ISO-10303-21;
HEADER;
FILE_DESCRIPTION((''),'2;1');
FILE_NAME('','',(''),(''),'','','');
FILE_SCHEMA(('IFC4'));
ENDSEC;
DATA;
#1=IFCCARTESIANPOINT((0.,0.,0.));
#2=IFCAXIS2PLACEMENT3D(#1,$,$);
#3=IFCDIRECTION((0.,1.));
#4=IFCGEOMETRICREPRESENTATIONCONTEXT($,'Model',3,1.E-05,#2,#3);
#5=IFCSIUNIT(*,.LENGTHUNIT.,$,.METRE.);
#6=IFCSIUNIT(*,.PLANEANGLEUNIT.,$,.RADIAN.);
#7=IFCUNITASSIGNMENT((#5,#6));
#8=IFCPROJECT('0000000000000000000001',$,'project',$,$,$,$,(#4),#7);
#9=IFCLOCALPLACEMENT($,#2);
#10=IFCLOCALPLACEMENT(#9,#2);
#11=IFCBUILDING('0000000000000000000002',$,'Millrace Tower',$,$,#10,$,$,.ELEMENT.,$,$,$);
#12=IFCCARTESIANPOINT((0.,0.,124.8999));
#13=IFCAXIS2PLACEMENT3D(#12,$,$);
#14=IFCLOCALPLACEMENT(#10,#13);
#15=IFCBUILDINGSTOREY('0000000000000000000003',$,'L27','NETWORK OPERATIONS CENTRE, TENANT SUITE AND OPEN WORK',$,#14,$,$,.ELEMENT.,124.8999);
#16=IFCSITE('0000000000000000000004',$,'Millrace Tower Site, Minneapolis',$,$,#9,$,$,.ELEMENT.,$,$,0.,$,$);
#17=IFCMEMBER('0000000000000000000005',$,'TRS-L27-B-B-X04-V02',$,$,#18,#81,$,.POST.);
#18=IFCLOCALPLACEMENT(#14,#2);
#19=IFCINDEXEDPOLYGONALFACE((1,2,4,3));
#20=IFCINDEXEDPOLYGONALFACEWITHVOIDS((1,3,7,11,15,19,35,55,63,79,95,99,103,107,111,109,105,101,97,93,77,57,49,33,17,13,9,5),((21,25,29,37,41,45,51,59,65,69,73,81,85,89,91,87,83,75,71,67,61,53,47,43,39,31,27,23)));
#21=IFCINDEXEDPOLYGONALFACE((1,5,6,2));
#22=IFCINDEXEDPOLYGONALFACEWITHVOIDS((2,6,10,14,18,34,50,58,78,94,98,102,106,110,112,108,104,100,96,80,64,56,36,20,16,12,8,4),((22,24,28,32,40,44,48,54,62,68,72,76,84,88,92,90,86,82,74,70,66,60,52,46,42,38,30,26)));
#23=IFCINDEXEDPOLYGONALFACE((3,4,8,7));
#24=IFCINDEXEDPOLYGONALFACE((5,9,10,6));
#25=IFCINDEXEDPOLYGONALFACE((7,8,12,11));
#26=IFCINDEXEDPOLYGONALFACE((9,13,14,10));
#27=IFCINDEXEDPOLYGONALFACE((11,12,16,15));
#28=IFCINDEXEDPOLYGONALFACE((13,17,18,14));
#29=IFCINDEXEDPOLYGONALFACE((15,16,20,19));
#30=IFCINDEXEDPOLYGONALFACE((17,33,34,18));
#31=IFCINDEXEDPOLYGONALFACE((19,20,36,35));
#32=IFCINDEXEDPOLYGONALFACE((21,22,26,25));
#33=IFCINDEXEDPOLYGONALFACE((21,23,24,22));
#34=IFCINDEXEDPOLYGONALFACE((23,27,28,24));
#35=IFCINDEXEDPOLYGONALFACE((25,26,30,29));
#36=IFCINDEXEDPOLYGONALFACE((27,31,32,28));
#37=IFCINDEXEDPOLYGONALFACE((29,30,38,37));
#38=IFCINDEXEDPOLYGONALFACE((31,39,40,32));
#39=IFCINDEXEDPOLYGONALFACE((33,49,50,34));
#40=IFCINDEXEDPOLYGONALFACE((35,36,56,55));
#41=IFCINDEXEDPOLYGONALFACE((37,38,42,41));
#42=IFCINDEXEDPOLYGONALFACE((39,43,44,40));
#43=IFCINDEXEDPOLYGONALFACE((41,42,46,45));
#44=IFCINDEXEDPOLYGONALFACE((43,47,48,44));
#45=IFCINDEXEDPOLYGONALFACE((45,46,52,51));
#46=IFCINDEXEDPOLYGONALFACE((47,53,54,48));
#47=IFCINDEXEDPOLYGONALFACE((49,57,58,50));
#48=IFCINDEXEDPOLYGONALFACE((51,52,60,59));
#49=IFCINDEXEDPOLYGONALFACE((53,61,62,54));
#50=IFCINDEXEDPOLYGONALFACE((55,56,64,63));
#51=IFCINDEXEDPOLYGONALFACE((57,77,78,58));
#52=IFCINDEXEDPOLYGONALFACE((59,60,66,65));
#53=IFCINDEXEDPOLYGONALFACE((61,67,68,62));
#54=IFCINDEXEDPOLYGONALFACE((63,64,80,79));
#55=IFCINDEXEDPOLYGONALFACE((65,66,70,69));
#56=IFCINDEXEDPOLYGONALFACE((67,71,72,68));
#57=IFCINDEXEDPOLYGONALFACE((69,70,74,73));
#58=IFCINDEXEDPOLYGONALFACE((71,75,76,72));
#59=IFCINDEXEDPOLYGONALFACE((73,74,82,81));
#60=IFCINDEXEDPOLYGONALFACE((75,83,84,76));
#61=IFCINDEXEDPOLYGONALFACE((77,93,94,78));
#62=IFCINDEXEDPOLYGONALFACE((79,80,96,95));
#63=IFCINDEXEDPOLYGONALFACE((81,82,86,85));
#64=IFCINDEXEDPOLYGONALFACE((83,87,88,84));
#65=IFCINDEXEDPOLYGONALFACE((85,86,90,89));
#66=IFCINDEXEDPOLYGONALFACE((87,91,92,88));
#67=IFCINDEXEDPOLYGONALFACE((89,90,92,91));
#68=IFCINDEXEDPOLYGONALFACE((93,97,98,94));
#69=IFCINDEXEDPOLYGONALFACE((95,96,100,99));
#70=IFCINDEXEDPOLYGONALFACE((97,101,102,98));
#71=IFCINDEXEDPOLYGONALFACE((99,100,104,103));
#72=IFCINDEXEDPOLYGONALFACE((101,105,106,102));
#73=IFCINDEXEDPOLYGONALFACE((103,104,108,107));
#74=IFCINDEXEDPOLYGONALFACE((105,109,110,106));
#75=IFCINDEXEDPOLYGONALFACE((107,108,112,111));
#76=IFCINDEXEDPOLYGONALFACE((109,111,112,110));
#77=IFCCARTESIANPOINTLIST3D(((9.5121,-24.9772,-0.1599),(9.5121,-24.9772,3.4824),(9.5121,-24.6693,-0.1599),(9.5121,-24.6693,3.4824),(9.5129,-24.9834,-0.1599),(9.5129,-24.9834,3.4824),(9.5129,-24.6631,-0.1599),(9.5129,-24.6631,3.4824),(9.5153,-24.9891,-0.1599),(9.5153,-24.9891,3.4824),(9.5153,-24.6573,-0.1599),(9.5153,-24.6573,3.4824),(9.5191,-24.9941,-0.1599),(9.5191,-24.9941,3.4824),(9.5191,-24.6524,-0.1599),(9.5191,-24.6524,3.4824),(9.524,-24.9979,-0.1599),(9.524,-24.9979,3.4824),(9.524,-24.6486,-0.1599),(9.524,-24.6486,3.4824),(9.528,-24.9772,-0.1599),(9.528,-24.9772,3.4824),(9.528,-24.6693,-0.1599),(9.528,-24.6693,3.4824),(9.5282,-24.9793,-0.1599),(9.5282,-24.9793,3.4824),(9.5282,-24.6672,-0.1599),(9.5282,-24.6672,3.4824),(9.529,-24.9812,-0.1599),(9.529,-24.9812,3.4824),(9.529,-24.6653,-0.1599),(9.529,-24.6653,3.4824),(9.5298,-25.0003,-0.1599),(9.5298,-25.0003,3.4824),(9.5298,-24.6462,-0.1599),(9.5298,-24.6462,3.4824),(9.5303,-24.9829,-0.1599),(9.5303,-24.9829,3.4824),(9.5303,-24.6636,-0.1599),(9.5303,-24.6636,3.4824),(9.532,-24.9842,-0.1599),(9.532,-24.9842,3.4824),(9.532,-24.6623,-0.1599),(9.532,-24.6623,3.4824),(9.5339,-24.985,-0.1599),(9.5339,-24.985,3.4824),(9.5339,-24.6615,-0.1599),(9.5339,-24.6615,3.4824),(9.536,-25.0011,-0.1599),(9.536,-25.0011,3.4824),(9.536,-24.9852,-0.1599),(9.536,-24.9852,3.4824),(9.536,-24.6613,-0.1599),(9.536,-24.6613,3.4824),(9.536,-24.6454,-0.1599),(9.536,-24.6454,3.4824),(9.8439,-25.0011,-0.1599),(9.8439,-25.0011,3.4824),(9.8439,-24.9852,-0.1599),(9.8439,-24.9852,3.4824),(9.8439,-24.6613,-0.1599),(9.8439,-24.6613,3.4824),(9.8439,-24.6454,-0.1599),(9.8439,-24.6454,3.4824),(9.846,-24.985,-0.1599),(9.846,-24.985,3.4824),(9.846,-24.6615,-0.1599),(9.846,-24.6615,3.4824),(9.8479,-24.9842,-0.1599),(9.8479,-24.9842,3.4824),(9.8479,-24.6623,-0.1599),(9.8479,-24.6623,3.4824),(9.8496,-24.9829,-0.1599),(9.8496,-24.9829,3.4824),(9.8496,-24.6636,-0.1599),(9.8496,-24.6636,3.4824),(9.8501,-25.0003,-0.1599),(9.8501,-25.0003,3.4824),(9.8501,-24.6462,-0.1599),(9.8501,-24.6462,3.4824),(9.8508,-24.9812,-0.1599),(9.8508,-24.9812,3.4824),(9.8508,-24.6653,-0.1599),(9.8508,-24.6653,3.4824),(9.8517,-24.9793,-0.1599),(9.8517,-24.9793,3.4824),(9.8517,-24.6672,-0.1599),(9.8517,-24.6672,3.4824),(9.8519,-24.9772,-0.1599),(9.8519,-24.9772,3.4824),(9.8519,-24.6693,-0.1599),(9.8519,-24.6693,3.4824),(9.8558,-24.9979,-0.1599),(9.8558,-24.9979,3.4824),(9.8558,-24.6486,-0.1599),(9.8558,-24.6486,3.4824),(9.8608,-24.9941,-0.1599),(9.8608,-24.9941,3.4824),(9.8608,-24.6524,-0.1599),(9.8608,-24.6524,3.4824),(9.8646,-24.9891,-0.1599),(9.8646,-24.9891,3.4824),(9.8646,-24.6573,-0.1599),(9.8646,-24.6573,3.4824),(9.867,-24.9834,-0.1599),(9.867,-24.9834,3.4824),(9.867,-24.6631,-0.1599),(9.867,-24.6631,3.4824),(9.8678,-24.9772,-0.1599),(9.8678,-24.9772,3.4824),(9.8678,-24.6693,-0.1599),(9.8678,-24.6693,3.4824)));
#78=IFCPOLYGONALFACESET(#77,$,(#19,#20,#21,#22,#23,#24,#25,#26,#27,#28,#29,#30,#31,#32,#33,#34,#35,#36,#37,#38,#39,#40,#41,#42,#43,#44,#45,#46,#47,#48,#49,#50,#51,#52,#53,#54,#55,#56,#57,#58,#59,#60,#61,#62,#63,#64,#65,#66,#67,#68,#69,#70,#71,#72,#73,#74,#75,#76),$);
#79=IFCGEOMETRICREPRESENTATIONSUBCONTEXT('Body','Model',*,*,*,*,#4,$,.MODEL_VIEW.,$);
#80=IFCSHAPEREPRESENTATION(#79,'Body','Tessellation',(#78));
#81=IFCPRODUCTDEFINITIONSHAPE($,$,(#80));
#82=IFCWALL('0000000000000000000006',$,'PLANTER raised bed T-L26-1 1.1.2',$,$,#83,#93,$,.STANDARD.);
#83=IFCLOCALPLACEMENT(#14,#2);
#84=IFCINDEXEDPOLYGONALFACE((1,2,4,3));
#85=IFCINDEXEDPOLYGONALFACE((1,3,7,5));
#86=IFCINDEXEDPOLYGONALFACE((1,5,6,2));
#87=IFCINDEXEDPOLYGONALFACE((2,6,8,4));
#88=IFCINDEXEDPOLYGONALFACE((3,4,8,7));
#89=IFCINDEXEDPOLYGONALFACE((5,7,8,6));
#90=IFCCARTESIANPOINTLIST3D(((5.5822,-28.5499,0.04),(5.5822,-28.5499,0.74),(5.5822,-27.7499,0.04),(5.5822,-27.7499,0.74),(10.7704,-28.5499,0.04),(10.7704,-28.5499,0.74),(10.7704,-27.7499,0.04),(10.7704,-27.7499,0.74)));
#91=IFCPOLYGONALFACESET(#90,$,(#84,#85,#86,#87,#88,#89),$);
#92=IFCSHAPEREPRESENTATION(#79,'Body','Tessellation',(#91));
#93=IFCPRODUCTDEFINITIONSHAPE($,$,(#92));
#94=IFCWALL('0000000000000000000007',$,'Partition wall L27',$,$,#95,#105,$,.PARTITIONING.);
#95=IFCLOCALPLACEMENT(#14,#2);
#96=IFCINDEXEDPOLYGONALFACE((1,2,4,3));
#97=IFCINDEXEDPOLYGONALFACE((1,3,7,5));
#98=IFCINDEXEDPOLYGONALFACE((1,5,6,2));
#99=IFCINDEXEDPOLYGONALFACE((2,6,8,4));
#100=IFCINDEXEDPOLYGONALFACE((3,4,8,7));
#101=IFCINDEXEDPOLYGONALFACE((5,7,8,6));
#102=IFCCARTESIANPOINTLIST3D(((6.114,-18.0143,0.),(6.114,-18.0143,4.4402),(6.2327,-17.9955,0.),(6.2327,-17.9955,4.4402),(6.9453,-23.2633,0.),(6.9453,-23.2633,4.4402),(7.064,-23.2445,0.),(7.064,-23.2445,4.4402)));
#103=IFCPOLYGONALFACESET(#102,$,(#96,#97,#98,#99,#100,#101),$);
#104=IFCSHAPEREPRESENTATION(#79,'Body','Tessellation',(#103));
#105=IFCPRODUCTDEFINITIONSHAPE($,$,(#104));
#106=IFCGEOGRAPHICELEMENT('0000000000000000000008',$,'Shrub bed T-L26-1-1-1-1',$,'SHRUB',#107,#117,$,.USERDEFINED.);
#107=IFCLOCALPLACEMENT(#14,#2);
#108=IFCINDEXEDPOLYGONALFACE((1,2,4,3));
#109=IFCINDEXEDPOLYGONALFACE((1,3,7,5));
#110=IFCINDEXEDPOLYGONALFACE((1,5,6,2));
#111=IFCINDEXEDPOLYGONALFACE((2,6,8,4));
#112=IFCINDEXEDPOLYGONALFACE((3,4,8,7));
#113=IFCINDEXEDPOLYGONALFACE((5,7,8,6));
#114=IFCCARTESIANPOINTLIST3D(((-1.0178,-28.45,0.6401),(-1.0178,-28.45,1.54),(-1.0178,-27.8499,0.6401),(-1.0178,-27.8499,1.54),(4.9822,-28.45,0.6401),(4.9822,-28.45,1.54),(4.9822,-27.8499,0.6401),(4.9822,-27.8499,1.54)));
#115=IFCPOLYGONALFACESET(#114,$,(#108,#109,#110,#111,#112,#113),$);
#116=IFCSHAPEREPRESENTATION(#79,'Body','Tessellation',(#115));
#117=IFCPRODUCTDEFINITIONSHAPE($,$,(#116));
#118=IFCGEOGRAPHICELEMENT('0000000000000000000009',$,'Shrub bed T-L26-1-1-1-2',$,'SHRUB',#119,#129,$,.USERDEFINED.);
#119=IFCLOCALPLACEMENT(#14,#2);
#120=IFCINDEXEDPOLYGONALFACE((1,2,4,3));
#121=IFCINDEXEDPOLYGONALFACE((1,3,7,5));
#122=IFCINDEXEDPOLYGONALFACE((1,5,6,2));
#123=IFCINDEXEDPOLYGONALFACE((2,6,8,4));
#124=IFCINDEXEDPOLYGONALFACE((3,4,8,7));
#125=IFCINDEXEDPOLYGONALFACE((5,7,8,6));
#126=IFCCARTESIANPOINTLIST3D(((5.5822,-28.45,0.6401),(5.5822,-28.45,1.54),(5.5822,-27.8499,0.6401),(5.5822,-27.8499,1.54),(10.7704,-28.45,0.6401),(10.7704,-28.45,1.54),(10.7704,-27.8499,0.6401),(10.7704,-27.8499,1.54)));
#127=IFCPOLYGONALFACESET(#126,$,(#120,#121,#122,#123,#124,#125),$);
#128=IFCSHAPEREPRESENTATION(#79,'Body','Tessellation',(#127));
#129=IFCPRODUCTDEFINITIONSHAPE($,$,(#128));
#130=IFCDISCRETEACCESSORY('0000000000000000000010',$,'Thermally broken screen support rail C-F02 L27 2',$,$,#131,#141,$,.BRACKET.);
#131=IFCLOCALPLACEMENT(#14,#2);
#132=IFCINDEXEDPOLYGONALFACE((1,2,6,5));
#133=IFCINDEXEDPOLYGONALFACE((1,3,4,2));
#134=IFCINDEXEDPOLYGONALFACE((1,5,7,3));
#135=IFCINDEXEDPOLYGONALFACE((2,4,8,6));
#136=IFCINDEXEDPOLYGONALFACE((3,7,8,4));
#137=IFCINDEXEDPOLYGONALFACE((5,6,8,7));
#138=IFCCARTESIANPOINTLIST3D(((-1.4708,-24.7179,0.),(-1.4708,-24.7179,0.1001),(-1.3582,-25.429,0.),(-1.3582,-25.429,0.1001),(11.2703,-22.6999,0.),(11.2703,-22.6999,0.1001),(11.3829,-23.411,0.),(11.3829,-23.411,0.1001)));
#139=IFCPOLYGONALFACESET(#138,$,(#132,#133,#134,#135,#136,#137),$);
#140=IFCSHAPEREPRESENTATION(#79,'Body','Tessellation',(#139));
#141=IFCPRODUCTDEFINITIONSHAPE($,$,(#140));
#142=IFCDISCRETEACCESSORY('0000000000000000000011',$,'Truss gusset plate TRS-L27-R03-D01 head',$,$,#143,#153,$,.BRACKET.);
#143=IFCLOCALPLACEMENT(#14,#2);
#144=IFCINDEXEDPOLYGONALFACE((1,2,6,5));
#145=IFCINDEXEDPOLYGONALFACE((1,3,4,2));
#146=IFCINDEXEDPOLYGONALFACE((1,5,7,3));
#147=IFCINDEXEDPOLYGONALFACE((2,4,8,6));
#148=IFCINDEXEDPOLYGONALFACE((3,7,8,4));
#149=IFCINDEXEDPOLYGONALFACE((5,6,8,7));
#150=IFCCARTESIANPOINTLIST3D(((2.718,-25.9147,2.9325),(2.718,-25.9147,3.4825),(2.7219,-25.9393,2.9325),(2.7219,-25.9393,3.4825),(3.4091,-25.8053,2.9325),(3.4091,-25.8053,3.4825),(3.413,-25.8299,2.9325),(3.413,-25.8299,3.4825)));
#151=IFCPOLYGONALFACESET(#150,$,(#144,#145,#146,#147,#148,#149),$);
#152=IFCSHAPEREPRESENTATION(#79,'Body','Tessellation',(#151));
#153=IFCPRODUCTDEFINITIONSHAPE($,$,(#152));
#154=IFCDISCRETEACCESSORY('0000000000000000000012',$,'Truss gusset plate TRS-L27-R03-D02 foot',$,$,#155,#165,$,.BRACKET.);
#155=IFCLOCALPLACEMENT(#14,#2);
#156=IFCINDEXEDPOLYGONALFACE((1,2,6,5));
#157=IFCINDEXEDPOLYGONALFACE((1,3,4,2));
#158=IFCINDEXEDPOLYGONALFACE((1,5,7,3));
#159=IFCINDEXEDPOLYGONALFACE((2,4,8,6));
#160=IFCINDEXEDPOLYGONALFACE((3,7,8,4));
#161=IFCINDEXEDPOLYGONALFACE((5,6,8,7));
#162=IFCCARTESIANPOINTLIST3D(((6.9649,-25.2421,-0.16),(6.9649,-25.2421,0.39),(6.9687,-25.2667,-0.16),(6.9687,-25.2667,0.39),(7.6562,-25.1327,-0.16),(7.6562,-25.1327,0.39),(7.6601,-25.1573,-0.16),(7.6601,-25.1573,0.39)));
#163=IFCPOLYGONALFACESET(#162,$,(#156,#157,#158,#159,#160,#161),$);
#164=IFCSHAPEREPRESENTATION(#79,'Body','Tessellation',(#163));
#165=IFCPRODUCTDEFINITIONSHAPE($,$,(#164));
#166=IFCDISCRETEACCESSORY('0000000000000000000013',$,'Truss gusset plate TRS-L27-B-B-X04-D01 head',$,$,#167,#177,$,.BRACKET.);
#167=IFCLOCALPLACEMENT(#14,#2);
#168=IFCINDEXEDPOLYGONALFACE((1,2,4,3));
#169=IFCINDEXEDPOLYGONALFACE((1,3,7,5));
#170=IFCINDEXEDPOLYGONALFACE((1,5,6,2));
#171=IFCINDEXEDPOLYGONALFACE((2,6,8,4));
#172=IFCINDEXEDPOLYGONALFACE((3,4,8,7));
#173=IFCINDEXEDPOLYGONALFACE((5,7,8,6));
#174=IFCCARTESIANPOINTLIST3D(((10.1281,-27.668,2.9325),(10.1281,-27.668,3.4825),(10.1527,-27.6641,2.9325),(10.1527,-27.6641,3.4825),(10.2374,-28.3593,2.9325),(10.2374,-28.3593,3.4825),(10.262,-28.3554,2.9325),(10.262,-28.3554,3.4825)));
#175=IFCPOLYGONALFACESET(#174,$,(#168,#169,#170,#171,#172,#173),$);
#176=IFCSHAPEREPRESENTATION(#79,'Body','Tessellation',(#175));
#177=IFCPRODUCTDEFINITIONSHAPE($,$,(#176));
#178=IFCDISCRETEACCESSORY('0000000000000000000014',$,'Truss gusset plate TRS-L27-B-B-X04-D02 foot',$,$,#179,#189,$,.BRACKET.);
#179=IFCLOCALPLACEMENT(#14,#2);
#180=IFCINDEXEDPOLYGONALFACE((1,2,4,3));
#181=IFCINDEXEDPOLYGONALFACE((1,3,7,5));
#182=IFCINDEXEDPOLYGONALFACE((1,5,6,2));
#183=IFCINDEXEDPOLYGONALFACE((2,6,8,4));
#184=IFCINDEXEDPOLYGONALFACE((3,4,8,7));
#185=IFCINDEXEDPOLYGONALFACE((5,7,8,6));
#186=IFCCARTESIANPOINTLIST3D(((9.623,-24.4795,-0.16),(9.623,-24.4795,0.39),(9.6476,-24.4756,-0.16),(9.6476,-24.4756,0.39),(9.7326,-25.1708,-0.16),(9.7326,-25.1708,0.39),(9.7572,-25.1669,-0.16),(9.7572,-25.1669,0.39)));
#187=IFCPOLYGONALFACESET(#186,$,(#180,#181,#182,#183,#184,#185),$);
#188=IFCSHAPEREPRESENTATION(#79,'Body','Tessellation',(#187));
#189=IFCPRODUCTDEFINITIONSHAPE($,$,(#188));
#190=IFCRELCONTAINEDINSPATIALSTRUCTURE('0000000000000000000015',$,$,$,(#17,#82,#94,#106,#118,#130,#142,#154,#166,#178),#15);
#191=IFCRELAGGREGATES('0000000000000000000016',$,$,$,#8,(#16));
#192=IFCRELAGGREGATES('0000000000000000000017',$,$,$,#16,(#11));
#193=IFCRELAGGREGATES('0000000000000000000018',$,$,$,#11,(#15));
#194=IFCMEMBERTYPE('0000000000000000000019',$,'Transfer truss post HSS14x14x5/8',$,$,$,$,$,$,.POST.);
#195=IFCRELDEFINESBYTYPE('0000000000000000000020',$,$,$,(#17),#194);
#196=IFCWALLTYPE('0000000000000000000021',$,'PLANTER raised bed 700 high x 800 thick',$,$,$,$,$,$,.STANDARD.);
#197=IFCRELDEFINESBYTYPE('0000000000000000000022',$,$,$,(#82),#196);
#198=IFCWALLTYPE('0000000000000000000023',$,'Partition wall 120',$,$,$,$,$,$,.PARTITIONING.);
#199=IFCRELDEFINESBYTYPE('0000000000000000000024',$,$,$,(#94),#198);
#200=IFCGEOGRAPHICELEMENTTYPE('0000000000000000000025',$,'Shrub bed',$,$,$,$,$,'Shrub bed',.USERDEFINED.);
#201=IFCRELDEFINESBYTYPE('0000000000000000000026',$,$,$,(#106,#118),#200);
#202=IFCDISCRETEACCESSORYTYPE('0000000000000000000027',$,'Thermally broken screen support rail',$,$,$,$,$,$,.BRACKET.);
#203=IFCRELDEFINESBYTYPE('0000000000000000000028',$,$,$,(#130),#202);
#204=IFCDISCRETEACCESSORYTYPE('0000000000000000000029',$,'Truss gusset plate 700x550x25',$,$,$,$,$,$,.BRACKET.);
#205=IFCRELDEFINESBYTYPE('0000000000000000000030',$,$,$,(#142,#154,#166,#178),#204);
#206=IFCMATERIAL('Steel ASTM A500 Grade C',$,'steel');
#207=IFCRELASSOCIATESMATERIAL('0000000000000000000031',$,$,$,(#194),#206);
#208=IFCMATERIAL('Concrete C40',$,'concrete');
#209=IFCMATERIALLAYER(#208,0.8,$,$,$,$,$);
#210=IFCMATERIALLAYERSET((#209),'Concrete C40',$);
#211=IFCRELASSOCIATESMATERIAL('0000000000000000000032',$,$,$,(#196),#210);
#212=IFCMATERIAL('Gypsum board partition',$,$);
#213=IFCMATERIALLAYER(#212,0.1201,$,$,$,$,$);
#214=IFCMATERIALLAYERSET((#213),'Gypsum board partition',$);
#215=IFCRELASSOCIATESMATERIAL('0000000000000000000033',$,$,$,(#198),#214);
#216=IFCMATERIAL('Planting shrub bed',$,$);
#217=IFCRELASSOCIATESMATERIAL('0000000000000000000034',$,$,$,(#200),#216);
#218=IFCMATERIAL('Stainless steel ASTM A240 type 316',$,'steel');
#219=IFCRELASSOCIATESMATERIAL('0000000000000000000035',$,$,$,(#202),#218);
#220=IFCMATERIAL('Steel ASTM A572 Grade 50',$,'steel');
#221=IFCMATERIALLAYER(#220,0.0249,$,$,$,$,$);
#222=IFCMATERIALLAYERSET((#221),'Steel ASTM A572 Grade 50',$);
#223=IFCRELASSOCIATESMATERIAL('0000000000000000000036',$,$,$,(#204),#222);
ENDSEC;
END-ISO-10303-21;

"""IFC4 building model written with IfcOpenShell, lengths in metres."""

from ifc_helpers import new_model, si_unit, direction, frame, frame_2d, origin, origin_2d, place, context, subcontext, project, spatial, rectangle, hollow_rectangle, extrude, material, layer, layer_set, material_profile, profile_set, type_object, element, save


model = new_model("IFC4")

# Units and contexts
model_context = context("Model", 3, precision=1e-05, world=origin(), true_north=direction((0.0, 1.0)))
body_context = subcontext(model_context, "Body", "Model", "MODEL_VIEW")
ifc_project = project(units=[si_unit("LENGTHUNIT", "METRE"), si_unit("PLANEANGLEUNIT", "RADIAN")], contexts=[model_context])

# Site, building, storey
site_placement = place(None, origin())
site = spatial("IfcSite", under=ifc_project, at=site_placement, Name="Millrace Tower Site, Minneapolis", CompositionType="ELEMENT", RefElevation=0.0)
building_placement = place(site_placement, origin())
building = spatial("IfcBuilding", under=site, at=building_placement, Name="Millrace Tower", CompositionType="ELEMENT")
storey_placement = place(building_placement, frame((0.0, 0.0, 124.8999)))
storey = spatial("IfcBuildingStorey", under=building, at=storey_placement, Name="L27", Description="NETWORK OPERATIONS CENTRE, TENANT SUITE AND OPEN WORK", CompositionType="ELEMENT", Elevation=124.8999)

# Member
ifc_material_1 = material(Name="Steel ASTM A500 Grade C", Category="steel")
ifc_material_profile_1 = material_profile(ifc_material_1, hollow_rectangle(XDim=0.3557, YDim=0.3557, WallThickness=0.0159, InnerFilletRadius=0.0081, OuterFilletRadius=0.0239, at=origin_2d()))
ifc_profile_set_1 = profile_set([ifc_material_profile_1], Name="Steel ASTM A500 Grade C")
member_type_1 = type_object("IfcMemberType", Name="Transfer truss post HSS14x14x5/8", PredefinedType="POST", material=ifc_profile_set_1)
for number, where, z_axis, x_axis, name in (
    (1, (9.6899, -24.8232, -0.1599), (0.0, 0.0, 1.0), (1.0, 0.0, 0.0), "TRS-L27-B-B-X04-V02"),
):
    element("IfcMember", number, at=place(storey_placement, frame(where, z_axis=z_axis, x_axis=x_axis)), inside=storey, type_object=member_type_1, Name=name, PredefinedType="POST", context=body_context, shape_type="SweptSolid", body=[
        extrude(hollow_rectangle(XDim=0.3557, YDim=0.3557, WallThickness=0.0159, InnerFilletRadius=0.0081, OuterFilletRadius=0.0239, at=origin_2d()), origin(), (0.0, 0.0, 1.0), 3.6423),
    ])

# Walls
ifc_material_2 = material(Name="Concrete C40", Category="concrete")
ifc_layer_1 = layer(ifc_material_2, 0.8)
ifc_layer_set_1 = layer_set([ifc_layer_1], Name="Concrete C40")
wall_type_1 = type_object("IfcWallType", Name="PLANTER raised bed 700 high x 800 thick", PredefinedType="STANDARD", material=ifc_layer_set_1)
wall_1_placement = place(storey_placement, frame((5.582, -28.1499, 0.04), z_axis=(0.0, 0.0, 1.0), x_axis=(1.0, 0.0, 0.0)))
element("IfcWall", 2, at=wall_1_placement, inside=storey, type_object=wall_type_1, Name="PLANTER raised bed T-L26-1 1.1.2", PredefinedType="STANDARD", context=body_context, shape_type="SweptSolid", body=[
    extrude(rectangle(XDim=5.1882, YDim=0.8, at=frame_2d((2.5942, 0.0))), origin(), (0.0, 0.0, 1.0), 0.7),
])
ifc_material_3 = material(Name="Gypsum board partition")
ifc_layer_2 = layer(ifc_material_3, 0.1201)
ifc_layer_set_2 = layer_set([ifc_layer_2], Name="Gypsum board partition")
wall_type_2 = type_object("IfcWallType", Name="Partition wall 120", PredefinedType="PARTITIONING", material=ifc_layer_set_2)
wall_2_placement = place(storey_placement, frame((6.1733, -18.0049, 0.0), z_axis=(0.0, 0.0, 1.0), x_axis=(0.156423, -0.98769, 0.0)))
element("IfcWall", 3, at=wall_2_placement, inside=storey, type_object=wall_type_2, Name="Partition wall L27", PredefinedType="PARTITIONING", context=body_context, shape_type="SweptSolid", body=[
    extrude(rectangle(XDim=5.3145, YDim=0.1201, at=frame_2d((2.6572, 0.0))), origin(), (0.0, 0.0, 1.0), 4.4402),
])

# Geographic elements
ifc_material_4 = material(Name="Planting shrub bed")
geographic_element_type = type_object("IfcGeographicElementType", Name="Shrub bed", ElementType="Shrub bed", PredefinedType="USERDEFINED", material=ifc_material_4)
geographic_element_1_placement = place(storey_placement, frame((1.9822, -28.1499, 0.6401), z_axis=(0.0, 0.0, 1.0), x_axis=(1.0, 0.0, 0.0)))
element("IfcGeographicElement", 4, at=geographic_element_1_placement, inside=storey, type_object=geographic_element_type, Name="Shrub bed T-L26-1-1-1-1", ObjectType="SHRUB", PredefinedType="USERDEFINED", context=body_context, shape_type="SweptSolid", body=[
    extrude(rectangle(XDim=6.0, YDim=0.6001, at=origin_2d()), origin(), (0.0, 0.0, 1.0), 0.8999),
])
geographic_element_2_placement = place(storey_placement, frame((8.1763, -28.1499, 0.6401), z_axis=(0.0, 0.0, 1.0), x_axis=(1.0, 0.0, 0.0)))
element("IfcGeographicElement", 5, at=geographic_element_2_placement, inside=storey, type_object=geographic_element_type, Name="Shrub bed T-L26-1-1-1-2", ObjectType="SHRUB", PredefinedType="USERDEFINED", context=body_context, shape_type="SweptSolid", body=[
    extrude(rectangle(XDim=5.1882, YDim=0.6001, at=origin_2d()), origin(), (0.0, 0.0, 1.0), 0.8999),
])

# Discrete accessories
ifc_material_5 = material(Name="Stainless steel ASTM A240 type 316", Category="steel")
discrete_accessory_type_1 = type_object("IfcDiscreteAccessoryType", Name="Thermally broken screen support rail", PredefinedType="BRACKET", material=ifc_material_5)
discrete_accessory_1_placement = place(storey_placement, frame((4.9561, -24.0645, 0.0), z_axis=(0.0, 0.0, 1.0), x_axis=(0.987688, 0.156434, 0.0)))
element("IfcDiscreteAccessory", 6, at=discrete_accessory_1_placement, inside=storey, type_object=discrete_accessory_type_1, Name="Thermally broken screen support rail C-F02 L27 2", PredefinedType="BRACKET", context=body_context, shape_type="SweptSolid", body=[
    extrude(rectangle(XDim=12.8999, YDim=0.72, at=origin_2d()), origin(), (0.0, 0.0, 1.0), 0.1001),
])
ifc_material_6 = material(Name="Steel ASTM A572 Grade 50", Category="steel")
ifc_layer_3 = layer(ifc_material_6, 0.0249)
ifc_layer_set_3 = layer_set([ifc_layer_3], Name="Steel ASTM A572 Grade 50")
discrete_accessory_type_2 = type_object("IfcDiscreteAccessoryType", Name="Truss gusset plate 700x550x25", PredefinedType="BRACKET", material=ifc_layer_set_3)
discrete_accessory_2_placement = place(storey_placement, frame((2.72, -25.927, 3.2075), z_axis=(0.987709, 0.156303, 0.0), x_axis=(-0.156303, 0.987709, 0.0)))
element("IfcDiscreteAccessory", 7, at=discrete_accessory_2_placement, inside=storey, type_object=discrete_accessory_type_2, Name="Truss gusset plate TRS-L27-R03-D01 head", PredefinedType="BRACKET", context=body_context, shape_type="SweptSolid", body=[
    extrude(rectangle(XDim=0.0249, YDim=0.55, at=origin_2d()), origin(), (0.0, 0.0, 1.0), 0.6997),
])
for number, where, z_axis, x_axis, name in (
    (8, (6.9668, -25.2544, 0.115), (0.987718, 0.156249, 0.0), (-0.156249, 0.987718, 0.0), "Truss gusset plate TRS-L27-R03-D02 foot"),
    (9, (10.1404, -27.666, 3.2075), (0.156249, -0.987718, 0.0), (0.987718, 0.156249, 0.0), "Truss gusset plate TRS-L27-B-B-X04-D01 head"),
    (10, (9.6353, -24.4775, 0.115), (0.156589, -0.987664, 0.0), (0.987664, 0.156589, 0.0), "Truss gusset plate TRS-L27-B-B-X04-D02 foot"),
):
    element("IfcDiscreteAccessory", number, at=place(storey_placement, frame(where, z_axis=z_axis, x_axis=x_axis)), inside=storey, type_object=discrete_accessory_type_2, Name=name, PredefinedType="BRACKET", context=body_context, shape_type="SweptSolid", body=[
        extrude(rectangle(XDim=0.0249, YDim=0.55, at=origin_2d()), origin(), (0.0, 0.0, 1.0), 0.7),
    ])

save(model, "model.ifc")
